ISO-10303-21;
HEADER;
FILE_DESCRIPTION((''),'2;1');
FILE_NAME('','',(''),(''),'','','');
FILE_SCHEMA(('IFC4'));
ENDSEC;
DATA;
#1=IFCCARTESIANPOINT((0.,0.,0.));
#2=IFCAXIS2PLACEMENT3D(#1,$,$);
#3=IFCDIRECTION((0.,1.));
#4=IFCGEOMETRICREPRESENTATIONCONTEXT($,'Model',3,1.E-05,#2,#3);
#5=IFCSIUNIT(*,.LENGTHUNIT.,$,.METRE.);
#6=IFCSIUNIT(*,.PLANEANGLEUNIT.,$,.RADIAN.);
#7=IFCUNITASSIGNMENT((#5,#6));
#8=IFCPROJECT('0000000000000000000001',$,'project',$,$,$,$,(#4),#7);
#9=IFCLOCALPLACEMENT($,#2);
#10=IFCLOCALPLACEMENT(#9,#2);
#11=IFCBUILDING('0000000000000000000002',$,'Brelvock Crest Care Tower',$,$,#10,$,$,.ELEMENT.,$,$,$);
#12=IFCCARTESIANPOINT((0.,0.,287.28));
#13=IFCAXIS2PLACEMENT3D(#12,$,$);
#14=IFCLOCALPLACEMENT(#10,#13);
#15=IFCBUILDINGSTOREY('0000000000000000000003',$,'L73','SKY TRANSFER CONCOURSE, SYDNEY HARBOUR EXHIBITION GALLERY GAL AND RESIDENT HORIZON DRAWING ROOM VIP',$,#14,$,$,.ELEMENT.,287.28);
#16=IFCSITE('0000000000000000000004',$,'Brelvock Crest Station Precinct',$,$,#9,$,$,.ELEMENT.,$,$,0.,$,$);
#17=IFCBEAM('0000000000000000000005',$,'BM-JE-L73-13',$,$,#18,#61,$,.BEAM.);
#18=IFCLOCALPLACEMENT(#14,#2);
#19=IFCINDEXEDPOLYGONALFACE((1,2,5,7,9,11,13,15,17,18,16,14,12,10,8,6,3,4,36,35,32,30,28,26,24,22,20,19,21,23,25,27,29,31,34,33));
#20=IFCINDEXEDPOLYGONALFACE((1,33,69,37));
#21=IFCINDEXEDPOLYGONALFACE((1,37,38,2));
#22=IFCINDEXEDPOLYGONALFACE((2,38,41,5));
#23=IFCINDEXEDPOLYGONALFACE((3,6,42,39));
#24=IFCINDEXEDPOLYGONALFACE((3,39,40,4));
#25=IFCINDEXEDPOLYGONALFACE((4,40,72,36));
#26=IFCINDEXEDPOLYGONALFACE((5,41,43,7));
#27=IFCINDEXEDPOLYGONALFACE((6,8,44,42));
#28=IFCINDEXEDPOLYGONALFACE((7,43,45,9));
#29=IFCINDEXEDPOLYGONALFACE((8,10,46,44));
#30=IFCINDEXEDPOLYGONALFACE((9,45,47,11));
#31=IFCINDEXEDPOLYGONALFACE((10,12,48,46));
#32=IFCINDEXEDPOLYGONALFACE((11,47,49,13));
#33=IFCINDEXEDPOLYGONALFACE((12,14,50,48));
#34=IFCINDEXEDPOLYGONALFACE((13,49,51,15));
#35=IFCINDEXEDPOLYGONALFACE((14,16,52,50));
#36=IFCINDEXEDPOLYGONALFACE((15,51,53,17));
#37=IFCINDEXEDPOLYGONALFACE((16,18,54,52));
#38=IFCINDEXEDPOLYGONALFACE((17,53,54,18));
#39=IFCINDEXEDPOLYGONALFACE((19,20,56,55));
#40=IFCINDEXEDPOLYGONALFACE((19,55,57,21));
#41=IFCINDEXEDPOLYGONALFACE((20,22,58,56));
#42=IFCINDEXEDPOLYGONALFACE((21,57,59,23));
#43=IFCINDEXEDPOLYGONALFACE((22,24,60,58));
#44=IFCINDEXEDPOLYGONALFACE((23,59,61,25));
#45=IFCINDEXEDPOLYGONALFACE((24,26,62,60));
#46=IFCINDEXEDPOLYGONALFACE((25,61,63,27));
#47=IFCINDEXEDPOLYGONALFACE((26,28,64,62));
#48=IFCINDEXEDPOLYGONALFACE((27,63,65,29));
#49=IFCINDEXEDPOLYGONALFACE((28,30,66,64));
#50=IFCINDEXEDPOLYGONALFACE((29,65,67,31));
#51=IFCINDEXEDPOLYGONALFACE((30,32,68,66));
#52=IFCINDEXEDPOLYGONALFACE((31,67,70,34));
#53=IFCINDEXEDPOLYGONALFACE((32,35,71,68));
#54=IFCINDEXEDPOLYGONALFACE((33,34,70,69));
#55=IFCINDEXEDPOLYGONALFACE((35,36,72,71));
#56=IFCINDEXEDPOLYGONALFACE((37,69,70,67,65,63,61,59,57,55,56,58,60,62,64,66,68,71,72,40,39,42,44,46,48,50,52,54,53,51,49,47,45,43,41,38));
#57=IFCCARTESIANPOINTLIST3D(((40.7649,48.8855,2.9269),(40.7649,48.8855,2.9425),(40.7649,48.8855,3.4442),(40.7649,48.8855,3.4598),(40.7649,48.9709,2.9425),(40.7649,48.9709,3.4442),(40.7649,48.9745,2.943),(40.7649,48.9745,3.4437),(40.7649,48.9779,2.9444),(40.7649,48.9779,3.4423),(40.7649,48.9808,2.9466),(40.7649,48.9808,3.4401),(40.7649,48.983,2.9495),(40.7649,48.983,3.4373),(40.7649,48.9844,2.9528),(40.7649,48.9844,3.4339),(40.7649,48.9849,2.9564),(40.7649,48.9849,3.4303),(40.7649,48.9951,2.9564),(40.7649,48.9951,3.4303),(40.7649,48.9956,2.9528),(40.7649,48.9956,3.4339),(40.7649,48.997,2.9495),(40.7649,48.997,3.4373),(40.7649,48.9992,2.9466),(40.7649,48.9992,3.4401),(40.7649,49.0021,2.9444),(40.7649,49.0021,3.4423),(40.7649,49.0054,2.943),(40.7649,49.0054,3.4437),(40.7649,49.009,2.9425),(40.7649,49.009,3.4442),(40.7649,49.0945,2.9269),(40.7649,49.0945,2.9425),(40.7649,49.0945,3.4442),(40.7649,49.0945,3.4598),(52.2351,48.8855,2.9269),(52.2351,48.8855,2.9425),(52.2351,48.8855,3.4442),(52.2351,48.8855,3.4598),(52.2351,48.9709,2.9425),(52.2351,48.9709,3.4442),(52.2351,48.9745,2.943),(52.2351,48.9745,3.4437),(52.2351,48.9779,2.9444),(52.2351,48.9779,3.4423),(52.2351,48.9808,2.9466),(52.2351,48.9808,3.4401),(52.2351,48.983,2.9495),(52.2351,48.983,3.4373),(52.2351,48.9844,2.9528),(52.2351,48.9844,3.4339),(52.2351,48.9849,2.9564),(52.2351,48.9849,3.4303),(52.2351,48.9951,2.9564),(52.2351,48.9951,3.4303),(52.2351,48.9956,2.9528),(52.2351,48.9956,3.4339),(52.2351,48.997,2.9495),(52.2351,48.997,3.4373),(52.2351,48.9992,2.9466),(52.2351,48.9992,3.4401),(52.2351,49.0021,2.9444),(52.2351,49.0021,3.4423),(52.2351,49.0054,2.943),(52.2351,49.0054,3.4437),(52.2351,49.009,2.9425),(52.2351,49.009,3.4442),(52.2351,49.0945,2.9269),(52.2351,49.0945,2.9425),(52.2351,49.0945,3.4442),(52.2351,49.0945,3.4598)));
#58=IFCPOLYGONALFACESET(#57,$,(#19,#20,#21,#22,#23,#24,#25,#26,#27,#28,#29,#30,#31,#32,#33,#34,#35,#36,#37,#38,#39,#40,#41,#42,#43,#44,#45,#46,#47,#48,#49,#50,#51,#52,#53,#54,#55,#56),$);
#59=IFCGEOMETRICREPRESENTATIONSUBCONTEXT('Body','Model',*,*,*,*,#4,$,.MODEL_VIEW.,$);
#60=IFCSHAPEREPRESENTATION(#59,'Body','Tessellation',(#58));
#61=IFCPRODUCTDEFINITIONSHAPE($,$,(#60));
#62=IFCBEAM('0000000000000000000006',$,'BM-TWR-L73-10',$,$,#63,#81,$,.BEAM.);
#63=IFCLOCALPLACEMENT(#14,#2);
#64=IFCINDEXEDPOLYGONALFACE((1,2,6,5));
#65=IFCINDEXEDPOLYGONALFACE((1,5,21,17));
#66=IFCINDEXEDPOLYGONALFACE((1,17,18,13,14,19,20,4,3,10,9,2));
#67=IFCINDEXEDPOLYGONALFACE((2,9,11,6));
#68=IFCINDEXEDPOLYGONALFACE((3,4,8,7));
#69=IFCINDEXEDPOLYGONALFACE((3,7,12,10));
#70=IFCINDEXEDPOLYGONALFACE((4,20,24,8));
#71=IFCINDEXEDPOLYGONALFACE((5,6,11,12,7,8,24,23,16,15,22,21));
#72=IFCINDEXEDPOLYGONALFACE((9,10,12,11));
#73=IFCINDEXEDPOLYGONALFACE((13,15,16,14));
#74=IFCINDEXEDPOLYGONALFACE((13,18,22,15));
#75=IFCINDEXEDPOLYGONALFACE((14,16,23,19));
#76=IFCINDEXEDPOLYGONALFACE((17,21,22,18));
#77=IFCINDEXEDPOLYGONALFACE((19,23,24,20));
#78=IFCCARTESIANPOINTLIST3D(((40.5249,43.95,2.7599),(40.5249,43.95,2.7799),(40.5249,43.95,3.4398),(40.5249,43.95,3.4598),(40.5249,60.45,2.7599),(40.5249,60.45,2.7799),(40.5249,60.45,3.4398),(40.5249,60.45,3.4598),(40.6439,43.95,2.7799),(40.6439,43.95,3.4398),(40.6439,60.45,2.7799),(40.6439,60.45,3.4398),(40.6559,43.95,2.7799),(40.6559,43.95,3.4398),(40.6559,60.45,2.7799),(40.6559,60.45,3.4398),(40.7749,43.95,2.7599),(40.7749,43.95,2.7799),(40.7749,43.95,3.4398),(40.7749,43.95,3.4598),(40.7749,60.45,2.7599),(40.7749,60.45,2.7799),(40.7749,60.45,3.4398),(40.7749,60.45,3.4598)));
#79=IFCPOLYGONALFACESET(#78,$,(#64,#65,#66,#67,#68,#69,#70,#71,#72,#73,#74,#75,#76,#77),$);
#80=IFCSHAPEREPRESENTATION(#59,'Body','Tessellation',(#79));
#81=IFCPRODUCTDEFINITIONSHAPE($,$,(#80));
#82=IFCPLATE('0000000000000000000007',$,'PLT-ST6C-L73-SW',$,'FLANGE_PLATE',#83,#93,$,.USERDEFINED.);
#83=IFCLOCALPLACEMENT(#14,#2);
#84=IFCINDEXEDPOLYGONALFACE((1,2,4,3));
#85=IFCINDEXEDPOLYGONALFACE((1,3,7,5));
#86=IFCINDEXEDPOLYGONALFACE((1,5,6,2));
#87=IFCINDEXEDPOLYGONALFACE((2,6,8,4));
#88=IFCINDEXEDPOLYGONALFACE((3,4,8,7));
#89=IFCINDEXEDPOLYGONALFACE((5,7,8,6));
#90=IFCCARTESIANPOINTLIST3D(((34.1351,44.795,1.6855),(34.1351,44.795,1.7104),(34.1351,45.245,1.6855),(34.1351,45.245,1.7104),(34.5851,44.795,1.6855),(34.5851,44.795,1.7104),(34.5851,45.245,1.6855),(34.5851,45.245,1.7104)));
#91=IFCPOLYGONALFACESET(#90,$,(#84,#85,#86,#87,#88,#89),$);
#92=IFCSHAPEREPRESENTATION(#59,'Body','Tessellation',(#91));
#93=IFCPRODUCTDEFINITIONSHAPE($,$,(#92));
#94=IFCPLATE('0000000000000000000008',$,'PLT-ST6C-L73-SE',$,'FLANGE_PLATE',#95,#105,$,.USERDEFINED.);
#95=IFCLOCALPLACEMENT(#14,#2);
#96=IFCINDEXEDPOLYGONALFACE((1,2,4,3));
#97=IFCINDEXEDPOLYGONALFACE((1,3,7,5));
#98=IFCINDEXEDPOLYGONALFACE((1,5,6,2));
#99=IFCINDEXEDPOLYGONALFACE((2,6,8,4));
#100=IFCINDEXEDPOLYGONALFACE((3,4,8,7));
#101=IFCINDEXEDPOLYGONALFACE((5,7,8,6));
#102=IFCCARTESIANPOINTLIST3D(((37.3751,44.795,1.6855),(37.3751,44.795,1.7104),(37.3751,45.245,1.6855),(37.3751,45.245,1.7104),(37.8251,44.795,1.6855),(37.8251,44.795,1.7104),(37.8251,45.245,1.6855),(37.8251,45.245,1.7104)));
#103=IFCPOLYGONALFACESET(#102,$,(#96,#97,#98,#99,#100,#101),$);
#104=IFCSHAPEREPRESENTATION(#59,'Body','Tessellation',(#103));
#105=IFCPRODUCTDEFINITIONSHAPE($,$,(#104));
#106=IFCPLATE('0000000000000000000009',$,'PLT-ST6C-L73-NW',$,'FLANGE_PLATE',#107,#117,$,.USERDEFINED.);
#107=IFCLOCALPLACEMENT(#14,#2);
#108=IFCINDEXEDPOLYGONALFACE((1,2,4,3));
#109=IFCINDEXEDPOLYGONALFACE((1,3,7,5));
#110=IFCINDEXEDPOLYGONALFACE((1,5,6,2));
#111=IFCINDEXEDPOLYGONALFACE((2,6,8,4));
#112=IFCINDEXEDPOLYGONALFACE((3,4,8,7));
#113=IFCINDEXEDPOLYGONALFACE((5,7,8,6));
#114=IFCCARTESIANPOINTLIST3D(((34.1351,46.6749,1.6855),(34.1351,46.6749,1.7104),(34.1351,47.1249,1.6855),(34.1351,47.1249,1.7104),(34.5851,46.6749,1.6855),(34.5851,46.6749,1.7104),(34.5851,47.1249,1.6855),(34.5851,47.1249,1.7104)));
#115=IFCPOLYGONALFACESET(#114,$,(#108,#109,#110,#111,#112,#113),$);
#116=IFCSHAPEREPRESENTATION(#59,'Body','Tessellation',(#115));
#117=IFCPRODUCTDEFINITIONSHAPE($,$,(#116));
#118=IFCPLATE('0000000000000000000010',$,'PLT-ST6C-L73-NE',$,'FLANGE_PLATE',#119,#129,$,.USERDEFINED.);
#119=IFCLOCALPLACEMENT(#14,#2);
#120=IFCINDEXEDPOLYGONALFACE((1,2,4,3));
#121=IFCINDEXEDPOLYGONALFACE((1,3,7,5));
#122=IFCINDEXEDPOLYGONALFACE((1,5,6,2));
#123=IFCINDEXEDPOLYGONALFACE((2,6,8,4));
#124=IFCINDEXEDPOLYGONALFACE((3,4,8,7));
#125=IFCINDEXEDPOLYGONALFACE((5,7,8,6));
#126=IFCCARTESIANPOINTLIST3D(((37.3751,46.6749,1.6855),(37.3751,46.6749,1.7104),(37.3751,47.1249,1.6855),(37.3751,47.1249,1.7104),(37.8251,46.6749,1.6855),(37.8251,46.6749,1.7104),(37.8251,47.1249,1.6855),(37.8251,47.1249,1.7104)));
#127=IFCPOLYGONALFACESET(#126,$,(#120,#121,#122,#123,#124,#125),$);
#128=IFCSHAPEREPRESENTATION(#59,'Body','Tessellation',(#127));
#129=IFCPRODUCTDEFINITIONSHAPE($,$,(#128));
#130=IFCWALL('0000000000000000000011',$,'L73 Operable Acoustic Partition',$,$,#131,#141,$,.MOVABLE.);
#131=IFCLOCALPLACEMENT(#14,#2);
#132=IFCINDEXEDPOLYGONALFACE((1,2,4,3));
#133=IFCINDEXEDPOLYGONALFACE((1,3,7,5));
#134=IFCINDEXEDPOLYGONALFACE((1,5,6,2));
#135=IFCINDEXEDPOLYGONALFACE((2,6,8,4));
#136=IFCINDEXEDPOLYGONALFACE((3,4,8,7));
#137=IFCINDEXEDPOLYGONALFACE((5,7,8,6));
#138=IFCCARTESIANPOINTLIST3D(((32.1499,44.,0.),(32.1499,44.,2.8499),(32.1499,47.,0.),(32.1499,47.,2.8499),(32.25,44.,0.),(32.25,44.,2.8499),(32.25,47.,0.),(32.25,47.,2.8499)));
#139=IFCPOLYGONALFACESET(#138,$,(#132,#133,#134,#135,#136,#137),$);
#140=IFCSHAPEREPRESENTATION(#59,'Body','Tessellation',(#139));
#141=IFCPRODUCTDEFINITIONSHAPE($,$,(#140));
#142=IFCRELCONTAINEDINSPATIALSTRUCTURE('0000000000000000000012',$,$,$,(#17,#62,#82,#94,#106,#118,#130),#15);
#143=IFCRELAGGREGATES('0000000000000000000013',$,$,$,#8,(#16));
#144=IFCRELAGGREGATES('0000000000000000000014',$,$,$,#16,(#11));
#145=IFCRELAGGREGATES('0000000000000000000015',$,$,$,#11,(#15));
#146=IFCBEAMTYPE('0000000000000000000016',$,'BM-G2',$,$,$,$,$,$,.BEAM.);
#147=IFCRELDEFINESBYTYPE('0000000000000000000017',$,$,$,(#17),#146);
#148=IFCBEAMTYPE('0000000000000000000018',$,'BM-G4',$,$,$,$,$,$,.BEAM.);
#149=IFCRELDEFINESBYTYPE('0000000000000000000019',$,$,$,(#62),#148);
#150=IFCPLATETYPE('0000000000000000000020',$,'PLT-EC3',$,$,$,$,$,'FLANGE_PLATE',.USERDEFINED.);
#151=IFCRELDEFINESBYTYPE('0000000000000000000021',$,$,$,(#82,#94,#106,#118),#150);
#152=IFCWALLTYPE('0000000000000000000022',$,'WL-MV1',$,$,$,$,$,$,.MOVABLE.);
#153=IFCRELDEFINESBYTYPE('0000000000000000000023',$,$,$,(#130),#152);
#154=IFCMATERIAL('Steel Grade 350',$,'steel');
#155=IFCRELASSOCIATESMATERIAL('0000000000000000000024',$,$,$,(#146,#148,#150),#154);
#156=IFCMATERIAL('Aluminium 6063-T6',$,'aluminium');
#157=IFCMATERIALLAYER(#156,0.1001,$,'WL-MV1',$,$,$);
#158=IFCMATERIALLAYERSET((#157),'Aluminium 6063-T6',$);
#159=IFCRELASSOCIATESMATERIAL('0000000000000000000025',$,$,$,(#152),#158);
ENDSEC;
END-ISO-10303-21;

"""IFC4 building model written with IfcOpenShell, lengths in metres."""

from ifc_helpers import new_model, si_unit, direction, frame, frame_2d, origin, origin_2d, place, context, subcontext, project, spatial, rectangle, i_section, extrude, source, transform, mapped, material, layer, layer_set, material_profile, profile_set, type_object, element, save


model = new_model("IFC4")

# Units and contexts
model_context = context("Model", 3, precision=1e-05, world=origin(), true_north=direction((0.0, 1.0)))
body_context = subcontext(model_context, "Body", "Model", "MODEL_VIEW")
ifc_project = project(units=[si_unit("LENGTHUNIT", "METRE"), si_unit("PLANEANGLEUNIT", "RADIAN")], contexts=[model_context])

# Site, building, storey
site_placement = place(None, origin())
site = spatial("IfcSite", under=ifc_project, at=site_placement, Name="Brelvock Crest Station Precinct", CompositionType="ELEMENT", RefElevation=0.0)
building_placement = place(site_placement, origin())
building = spatial("IfcBuilding", under=site, at=building_placement, Name="Brelvock Crest Care Tower", CompositionType="ELEMENT")
storey_placement = place(building_placement, frame((0.0, 0.0, 287.28)))
storey = spatial("IfcBuildingStorey", under=building, at=storey_placement, Name="L73", Description="SKY TRANSFER CONCOURSE, SYDNEY HARBOUR EXHIBITION GALLERY GAL AND RESIDENT HORIZON DRAWING ROOM VIP", CompositionType="ELEMENT", Elevation=287.28)

# Shared definitions
ifc_material_1 = material(Name="Steel Grade 350", Category="steel")

# Beams
ifc_material_profile_1 = material_profile(ifc_material_1, i_section(OverallWidth=0.209, OverallDepth=0.533, WebThickness=0.0103, FlangeThickness=0.0156, FilletRadius=0.0139, at=origin_2d()), Name="530UB92.4")
ifc_profile_set_1 = profile_set([ifc_material_profile_1], Name="Steel Grade 350")
beam_type_1 = type_object("IfcBeamType", Name="BM-G2", PredefinedType="BEAM", material=ifc_profile_set_1)
shared_shape_1 = source(origin(), body_context, "Body", "SweptSolid", [
    extrude(i_section(OverallWidth=0.209, OverallDepth=0.533, WebThickness=0.0103, FlangeThickness=0.0156, FilletRadius=0.0139, at=origin_2d()), origin(), (0.0, 0.0, 1.0), 11.4702),
])
for number, where, z_axis, x_axis, name in (
    (1, (40.7649, 48.99, 3.1934), (1.0, 0.0, 0.0), (0.0, 1.0, 0.0), "BM-JE-L73-13"),
):
    element("IfcBeam", number, at=place(storey_placement, frame(where, z_axis=z_axis, x_axis=x_axis)), inside=storey, type_object=beam_type_1, Name=name, PredefinedType="BEAM", context=body_context, shape_type="MappedRepresentation", body=[
        mapped(shared_shape_1, transform((0.0, 0.0, 0.0), x_axis=(1.0, 0.0, 0.0), y_axis=(0.0, 1.0, 0.0), z_axis=(0.0, 0.0, 1.0), scale=1.0)),
    ])
ifc_material_profile_2 = material_profile(ifc_material_1, i_section(OverallWidth=0.25, OverallDepth=0.7, WebThickness=0.012, FlangeThickness=0.02, at=origin_2d()), Name="700WB150")
ifc_profile_set_2 = profile_set([ifc_material_profile_2], Name="Steel Grade 350")
beam_type_2 = type_object("IfcBeamType", Name="BM-G4", PredefinedType="BEAM", material=ifc_profile_set_2)
shared_shape_2 = source(origin(), body_context, "Body", "SweptSolid", [
    extrude(i_section(OverallWidth=0.25, OverallDepth=0.7, WebThickness=0.012, FlangeThickness=0.02, at=origin_2d()), origin(), (0.0, 0.0, 1.0), 16.5),
])
beam_placement = place(storey_placement, frame((40.6499, 43.95, 3.1099), z_axis=(0.0, 1.0, 0.0), x_axis=(-1.0, 0.0, 0.0)))
element("IfcBeam", 2, at=beam_placement, inside=storey, type_object=beam_type_2, Name="BM-TWR-L73-10", PredefinedType="BEAM", context=body_context, shape_type="MappedRepresentation", body=[
    mapped(shared_shape_2, transform((0.0, 0.0, 0.0), x_axis=(1.0, 0.0, 0.0), y_axis=(0.0, 1.0, 0.0), z_axis=(0.0, 0.0, 1.0), scale=1.0)),
])

# Plates
plate_type = type_object("IfcPlateType", Name="PLT-EC3", ElementType="FLANGE_PLATE", PredefinedType="USERDEFINED", material=ifc_material_1)
shared_shape_3 = source(origin(), body_context, "Body", "SweptSolid", [
    extrude(rectangle(XDim=0.45, YDim=0.45, at=origin_2d()), origin(), (0.0, 0.0, 1.0), 0.0249),
])
for number, where, z_axis, x_axis, name in (
    (3, (34.3601, 45.02, 1.6855), (0.0, 0.0, 1.0), (1.0, 0.0, 0.0), "PLT-ST6C-L73-SW"),
    (4, (37.6001, 45.02, 1.6855), (0.0, 0.0, 1.0), (1.0, 0.0, 0.0), "PLT-ST6C-L73-SE"),
    (5, (34.3601, 46.8999, 1.6855), (0.0, 0.0, 1.0), (1.0, 0.0, 0.0), "PLT-ST6C-L73-NW"),
    (6, (37.6001, 46.8999, 1.6855), (0.0, 0.0, 1.0), (1.0, 0.0, 0.0), "PLT-ST6C-L73-NE"),
):
    element("IfcPlate", number, at=place(storey_placement, frame(where, z_axis=z_axis, x_axis=x_axis)), inside=storey, type_object=plate_type, Name=name, ObjectType="FLANGE_PLATE", PredefinedType="USERDEFINED", context=body_context, shape_type="MappedRepresentation", body=[
        mapped(shared_shape_3, transform((0.0, 0.0, 0.0), x_axis=(1.0, 0.0, 0.0), y_axis=(0.0, 1.0, 0.0), z_axis=(0.0, 0.0, 1.0), scale=1.0)),
    ])

# Wall
ifc_material_2 = material(Name="Aluminium 6063-T6", Category="aluminium")
ifc_layer_1 = layer(ifc_material_2, 0.1001, Name="WL-MV1")
ifc_layer_set_1 = layer_set([ifc_layer_1], Name="Aluminium 6063-T6")
wall_type = type_object("IfcWallType", Name="WL-MV1", PredefinedType="MOVABLE", material=ifc_layer_set_1)
wall_placement = place(storey_placement, frame((32.2, 44.0, 0.0), z_axis=(0.0, 0.0, 1.0), x_axis=(0.0, 1.0, 0.0)))
element("IfcWall", 7, at=wall_placement, inside=storey, type_object=wall_type, Name="L73 Operable Acoustic Partition", PredefinedType="MOVABLE", context=body_context, shape_type="SweptSolid", body=[
    extrude(rectangle(XDim=3.0, YDim=0.1001, at=frame_2d((1.5, 0.0))), origin(), (0.0, 0.0, 1.0), 2.8499),
])

save(model, "model.ifc")
